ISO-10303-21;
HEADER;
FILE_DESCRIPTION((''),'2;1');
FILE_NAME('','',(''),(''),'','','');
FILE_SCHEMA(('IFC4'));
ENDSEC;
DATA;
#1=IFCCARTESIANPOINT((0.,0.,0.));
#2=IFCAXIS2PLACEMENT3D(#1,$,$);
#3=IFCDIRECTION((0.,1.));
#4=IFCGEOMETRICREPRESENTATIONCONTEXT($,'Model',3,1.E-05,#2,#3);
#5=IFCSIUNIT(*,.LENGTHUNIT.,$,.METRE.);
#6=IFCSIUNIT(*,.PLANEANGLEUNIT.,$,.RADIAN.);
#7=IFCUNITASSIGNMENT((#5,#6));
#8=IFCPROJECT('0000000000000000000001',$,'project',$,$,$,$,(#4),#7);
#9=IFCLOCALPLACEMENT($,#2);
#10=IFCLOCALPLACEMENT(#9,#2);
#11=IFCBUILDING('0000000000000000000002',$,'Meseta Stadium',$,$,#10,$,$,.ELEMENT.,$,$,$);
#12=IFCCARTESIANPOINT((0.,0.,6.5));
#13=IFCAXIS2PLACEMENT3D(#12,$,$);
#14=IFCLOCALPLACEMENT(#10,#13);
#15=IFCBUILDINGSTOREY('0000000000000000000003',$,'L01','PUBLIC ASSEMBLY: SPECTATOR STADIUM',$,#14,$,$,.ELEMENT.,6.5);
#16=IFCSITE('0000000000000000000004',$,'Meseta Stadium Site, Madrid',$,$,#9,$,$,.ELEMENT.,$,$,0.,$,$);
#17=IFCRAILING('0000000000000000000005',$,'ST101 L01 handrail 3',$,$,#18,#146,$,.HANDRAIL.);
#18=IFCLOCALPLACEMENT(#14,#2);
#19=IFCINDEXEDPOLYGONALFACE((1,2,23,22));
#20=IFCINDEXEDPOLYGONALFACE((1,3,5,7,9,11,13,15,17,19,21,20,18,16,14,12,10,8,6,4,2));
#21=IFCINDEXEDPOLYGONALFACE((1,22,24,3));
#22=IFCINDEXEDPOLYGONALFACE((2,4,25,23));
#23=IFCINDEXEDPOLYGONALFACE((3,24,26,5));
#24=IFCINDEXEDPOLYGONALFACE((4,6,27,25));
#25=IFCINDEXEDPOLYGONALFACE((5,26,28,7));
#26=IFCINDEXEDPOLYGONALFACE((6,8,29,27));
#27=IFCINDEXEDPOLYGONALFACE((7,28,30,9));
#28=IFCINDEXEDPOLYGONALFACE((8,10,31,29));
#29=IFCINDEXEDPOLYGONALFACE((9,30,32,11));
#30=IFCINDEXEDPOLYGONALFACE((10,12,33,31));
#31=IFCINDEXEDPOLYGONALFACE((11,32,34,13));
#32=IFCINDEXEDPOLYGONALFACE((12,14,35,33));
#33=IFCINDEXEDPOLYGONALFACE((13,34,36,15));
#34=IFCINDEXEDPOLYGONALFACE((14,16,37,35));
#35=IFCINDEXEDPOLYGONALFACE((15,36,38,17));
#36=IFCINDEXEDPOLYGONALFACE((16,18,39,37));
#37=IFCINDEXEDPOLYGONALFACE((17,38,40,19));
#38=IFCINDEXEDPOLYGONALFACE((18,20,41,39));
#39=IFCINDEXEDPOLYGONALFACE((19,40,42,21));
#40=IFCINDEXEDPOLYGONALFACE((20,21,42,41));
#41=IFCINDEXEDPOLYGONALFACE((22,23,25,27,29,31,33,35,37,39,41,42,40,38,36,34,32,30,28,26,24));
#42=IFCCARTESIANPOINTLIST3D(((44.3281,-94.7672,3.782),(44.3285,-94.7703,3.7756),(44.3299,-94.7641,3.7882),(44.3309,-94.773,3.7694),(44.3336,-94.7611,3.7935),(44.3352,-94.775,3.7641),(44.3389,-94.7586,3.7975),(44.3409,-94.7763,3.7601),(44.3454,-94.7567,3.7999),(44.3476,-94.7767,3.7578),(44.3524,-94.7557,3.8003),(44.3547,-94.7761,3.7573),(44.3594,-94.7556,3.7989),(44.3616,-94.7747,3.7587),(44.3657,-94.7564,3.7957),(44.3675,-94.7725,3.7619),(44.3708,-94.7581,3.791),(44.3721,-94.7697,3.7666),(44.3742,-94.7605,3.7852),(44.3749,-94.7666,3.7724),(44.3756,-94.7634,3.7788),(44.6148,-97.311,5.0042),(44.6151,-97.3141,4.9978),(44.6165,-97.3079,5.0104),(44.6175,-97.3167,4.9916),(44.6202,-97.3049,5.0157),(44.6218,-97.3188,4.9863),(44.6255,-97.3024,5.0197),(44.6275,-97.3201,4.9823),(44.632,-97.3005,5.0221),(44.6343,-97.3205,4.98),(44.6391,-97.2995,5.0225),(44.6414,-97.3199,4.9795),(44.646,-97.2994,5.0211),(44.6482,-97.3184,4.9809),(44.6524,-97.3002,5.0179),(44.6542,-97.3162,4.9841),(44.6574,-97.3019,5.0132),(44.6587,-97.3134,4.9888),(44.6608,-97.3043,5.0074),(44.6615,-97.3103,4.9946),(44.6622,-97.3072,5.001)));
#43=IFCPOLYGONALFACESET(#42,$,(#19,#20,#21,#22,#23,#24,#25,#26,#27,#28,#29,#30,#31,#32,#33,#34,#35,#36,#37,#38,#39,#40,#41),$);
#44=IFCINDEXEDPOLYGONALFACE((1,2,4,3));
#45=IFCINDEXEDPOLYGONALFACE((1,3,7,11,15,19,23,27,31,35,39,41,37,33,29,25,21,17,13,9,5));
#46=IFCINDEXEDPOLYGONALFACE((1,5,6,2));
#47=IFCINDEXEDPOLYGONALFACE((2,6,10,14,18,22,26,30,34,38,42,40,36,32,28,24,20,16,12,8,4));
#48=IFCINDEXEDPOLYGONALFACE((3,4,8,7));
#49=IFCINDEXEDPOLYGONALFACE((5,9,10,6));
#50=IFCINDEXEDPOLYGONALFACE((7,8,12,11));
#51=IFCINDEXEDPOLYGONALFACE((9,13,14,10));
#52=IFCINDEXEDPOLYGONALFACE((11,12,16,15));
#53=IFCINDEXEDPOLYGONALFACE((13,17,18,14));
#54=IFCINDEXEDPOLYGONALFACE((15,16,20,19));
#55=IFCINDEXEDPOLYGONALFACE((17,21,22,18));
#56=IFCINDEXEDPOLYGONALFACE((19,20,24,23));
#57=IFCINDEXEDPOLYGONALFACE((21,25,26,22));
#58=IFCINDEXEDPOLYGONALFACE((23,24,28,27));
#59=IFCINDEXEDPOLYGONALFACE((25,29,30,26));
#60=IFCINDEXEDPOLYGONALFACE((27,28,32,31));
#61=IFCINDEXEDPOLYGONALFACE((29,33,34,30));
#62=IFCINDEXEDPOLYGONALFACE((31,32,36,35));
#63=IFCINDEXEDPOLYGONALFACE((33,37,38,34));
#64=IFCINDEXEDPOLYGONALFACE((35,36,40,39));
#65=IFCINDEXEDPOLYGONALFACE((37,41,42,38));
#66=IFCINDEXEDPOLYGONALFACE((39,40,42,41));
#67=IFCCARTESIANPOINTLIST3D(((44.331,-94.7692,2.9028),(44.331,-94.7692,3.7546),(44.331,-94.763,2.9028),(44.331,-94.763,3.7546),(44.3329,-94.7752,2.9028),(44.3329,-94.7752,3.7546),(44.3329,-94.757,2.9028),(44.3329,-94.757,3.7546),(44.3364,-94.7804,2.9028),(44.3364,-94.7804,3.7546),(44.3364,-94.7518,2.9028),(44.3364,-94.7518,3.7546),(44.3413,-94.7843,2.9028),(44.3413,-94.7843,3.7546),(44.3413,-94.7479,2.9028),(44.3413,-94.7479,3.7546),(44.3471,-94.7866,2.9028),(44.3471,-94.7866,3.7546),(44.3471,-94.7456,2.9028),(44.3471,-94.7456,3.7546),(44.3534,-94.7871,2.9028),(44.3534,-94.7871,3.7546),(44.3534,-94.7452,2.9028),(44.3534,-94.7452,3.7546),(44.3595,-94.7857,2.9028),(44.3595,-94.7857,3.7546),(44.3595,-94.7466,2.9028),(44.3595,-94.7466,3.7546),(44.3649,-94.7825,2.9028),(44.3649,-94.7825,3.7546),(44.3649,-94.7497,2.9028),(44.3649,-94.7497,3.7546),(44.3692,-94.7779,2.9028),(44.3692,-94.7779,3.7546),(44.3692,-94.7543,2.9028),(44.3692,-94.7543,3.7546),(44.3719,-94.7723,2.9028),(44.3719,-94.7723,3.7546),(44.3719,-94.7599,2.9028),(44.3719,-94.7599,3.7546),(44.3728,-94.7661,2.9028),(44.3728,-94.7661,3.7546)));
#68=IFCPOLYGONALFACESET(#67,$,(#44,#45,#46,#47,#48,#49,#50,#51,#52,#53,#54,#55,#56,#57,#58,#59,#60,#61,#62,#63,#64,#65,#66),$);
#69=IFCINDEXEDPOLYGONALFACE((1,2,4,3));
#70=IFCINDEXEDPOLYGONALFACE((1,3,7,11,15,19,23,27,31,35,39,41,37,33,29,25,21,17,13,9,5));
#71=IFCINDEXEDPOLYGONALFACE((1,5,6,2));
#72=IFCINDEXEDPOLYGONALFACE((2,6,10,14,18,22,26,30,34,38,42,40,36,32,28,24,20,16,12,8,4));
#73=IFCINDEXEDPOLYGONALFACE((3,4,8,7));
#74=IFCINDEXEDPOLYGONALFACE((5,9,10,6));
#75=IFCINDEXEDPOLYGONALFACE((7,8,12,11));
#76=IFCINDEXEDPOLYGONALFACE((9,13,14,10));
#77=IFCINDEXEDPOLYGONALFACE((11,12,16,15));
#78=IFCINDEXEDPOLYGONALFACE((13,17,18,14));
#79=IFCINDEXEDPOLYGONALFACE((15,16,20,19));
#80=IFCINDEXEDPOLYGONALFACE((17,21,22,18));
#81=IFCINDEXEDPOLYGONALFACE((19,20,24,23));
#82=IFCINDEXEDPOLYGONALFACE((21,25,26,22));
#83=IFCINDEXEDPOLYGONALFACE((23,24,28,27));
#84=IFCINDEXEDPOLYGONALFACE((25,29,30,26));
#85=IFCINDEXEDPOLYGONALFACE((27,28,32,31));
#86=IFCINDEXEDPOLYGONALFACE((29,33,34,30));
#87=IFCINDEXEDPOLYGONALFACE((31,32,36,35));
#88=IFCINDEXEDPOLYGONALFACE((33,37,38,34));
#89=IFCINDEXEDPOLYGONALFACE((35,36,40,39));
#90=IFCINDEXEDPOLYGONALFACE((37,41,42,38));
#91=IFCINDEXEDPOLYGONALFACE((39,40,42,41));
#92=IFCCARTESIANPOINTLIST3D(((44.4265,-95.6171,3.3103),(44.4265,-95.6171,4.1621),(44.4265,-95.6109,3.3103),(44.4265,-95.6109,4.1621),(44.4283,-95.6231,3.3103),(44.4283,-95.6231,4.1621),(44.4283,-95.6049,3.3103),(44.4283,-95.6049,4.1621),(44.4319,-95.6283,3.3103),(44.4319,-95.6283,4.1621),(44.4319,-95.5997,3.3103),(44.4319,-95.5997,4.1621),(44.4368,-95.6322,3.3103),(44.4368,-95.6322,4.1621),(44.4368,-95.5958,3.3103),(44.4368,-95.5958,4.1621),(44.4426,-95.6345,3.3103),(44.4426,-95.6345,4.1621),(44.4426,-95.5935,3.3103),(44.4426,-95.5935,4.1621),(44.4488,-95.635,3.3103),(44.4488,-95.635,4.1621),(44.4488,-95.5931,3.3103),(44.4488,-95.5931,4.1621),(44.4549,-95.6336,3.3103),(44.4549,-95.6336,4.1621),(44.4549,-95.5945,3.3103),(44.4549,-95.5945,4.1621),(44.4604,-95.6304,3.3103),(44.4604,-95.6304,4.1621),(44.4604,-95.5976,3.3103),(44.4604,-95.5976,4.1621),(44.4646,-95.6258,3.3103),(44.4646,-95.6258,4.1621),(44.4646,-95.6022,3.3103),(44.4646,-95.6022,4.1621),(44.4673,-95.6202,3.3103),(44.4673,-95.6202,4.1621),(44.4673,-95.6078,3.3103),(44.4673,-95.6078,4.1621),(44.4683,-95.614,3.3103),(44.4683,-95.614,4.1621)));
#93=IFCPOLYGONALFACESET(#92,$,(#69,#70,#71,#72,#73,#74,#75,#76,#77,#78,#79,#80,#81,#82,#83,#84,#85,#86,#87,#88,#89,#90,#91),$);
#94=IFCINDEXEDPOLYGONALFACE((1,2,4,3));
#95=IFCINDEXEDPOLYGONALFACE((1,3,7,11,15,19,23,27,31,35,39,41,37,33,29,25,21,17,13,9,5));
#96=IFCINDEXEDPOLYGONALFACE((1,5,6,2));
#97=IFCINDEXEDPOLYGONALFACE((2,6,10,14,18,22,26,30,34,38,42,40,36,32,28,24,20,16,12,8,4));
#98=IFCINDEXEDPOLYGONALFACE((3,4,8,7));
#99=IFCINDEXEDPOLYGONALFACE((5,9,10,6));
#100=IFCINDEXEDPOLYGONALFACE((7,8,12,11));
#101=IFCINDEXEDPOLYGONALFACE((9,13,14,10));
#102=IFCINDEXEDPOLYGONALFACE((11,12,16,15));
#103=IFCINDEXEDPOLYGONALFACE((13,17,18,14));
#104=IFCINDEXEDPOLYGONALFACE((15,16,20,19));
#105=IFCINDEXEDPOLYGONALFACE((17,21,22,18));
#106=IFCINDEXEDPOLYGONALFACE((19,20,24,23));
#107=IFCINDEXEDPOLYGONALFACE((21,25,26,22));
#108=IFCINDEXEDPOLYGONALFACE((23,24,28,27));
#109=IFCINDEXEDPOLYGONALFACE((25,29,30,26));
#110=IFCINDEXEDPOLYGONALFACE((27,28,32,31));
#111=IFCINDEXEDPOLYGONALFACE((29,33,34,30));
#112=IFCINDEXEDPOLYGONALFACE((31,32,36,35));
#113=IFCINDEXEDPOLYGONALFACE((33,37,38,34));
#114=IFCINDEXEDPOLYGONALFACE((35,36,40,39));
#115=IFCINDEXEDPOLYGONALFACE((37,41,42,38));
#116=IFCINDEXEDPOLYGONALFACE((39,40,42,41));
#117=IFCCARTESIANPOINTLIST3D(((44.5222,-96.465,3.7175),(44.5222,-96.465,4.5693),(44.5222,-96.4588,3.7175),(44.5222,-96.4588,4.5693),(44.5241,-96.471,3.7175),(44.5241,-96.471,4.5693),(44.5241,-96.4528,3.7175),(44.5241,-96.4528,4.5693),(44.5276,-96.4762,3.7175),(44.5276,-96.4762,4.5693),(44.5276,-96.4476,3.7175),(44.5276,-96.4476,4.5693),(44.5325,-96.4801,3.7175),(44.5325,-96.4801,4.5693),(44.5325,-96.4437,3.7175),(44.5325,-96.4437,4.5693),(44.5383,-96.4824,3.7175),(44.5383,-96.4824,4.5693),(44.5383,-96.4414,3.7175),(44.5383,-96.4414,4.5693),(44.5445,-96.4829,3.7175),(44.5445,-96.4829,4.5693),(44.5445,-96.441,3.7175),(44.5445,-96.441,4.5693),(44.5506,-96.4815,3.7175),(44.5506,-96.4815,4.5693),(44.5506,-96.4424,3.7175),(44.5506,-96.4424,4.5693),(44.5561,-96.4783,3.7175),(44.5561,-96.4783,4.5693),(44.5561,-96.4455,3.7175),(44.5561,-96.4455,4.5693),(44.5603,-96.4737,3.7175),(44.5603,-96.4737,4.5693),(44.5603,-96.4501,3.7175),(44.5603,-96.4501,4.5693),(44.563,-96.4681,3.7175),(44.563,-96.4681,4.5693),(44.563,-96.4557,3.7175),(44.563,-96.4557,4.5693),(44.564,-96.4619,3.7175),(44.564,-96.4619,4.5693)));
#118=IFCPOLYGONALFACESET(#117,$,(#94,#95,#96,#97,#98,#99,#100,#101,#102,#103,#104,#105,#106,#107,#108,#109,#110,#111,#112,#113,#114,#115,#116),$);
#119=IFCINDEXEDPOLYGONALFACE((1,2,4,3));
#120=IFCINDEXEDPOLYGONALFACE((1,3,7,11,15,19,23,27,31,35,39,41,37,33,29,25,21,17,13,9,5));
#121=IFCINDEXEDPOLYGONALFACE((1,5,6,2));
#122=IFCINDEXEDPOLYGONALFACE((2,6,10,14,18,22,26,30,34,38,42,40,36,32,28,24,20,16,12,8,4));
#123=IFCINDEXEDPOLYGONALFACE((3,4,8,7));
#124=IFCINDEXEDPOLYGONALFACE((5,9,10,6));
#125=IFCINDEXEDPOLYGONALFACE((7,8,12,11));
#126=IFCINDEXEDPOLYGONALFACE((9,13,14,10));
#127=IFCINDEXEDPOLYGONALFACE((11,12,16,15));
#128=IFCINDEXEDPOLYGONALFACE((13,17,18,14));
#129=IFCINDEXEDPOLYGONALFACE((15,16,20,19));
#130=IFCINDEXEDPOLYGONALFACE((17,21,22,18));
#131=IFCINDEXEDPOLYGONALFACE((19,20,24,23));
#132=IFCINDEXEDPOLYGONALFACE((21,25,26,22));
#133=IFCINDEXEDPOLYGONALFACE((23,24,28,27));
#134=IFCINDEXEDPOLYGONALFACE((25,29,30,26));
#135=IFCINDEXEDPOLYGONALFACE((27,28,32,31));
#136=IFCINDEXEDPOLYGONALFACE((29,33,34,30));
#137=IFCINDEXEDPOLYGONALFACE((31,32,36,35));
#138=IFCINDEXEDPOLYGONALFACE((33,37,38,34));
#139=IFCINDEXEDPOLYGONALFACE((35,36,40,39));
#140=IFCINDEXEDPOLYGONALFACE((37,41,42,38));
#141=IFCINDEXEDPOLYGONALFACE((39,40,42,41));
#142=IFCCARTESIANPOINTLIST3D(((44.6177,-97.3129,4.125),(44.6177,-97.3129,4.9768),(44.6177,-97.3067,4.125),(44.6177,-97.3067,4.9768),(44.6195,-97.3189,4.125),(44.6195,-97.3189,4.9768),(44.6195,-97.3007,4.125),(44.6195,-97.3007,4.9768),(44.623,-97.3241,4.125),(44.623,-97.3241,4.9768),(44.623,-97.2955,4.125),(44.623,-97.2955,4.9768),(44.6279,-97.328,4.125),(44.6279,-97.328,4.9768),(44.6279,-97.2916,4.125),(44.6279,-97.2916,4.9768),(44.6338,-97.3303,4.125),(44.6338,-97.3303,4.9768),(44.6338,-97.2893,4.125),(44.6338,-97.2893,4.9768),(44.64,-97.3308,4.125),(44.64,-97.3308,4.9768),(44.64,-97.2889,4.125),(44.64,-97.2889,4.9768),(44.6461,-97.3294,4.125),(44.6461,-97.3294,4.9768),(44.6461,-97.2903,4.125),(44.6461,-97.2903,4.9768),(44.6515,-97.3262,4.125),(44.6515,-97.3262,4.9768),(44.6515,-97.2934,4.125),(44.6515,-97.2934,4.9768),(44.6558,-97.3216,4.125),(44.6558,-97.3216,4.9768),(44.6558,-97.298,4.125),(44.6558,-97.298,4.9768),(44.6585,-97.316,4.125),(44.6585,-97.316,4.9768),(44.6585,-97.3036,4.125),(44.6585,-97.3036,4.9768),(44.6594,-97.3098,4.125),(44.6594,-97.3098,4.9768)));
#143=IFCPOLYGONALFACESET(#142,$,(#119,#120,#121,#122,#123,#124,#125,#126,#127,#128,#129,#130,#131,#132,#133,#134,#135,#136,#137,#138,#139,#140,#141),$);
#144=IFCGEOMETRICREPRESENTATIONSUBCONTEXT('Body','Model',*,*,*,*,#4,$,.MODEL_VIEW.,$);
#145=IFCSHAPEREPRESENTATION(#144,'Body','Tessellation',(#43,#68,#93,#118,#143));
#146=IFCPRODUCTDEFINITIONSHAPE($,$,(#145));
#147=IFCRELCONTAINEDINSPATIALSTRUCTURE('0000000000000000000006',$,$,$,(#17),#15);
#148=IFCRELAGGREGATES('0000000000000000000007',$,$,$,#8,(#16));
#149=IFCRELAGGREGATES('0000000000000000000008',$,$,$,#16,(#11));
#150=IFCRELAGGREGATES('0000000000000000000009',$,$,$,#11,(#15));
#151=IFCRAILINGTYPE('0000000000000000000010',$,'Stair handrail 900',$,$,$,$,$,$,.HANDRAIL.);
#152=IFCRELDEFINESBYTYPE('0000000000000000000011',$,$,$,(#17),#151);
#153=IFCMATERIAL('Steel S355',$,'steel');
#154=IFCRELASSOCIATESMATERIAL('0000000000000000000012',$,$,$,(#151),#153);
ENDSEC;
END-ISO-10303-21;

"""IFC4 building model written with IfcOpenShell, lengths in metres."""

from ifc_helpers import new_model, si_unit, direction, frame, origin, origin_2d, place, context, subcontext, project, spatial, circle, extrude, material, type_object, element, save


model = new_model("IFC4")

# Units and contexts
model_context = context("Model", 3, precision=1e-05, world=origin(), true_north=direction((0.0, 1.0)))
body_context = subcontext(model_context, "Body", "Model", "MODEL_VIEW")
ifc_project = project(units=[si_unit("LENGTHUNIT", "METRE"), si_unit("PLANEANGLEUNIT", "RADIAN")], contexts=[model_context])

# Site, building, storey
site_placement = place(None, origin())
site = spatial("IfcSite", under=ifc_project, at=site_placement, Name="Meseta Stadium Site, Madrid", CompositionType="ELEMENT", RefElevation=0.0)
building_placement = place(site_placement, origin())
building = spatial("IfcBuilding", under=site, at=building_placement, Name="Meseta Stadium", CompositionType="ELEMENT")
storey_placement = place(building_placement, frame((0.0, 0.0, 6.5)))
storey = spatial("IfcBuildingStorey", under=building, at=storey_placement, Name="L01", Description="PUBLIC ASSEMBLY: SPECTATOR STADIUM", CompositionType="ELEMENT", Elevation=6.5)

# Railing
ifc_material_1 = material(Name="Steel S355", Category="steel")
railing_type_1 = type_object("IfcRailingType", Name="Stair handrail 900", PredefinedType="HANDRAIL", material=ifc_material_1)
railing_1_placement = place(storey_placement, frame((44.3518, -94.7661, 2.9028)))
element("IfcRailing", 1, at=railing_1_placement, inside=storey, type_object=railing_type_1, Name="ST101 L01 handrail 3", PredefinedType="HANDRAIL", context=body_context, shape_type="SweptSolid", body=[
    extrude(circle(Radius=0.0239, at=origin_2d()), frame((0.0, 0.0, 0.876), z_axis=(0.101044, -0.896745, 0.430858), x_axis=(0.993712, 0.11197, 0.0)), (0.0, 0.0, 1.0), 2.8367),
    extrude(circle(Radius=0.021, at=origin_2d()), origin(), (0.0, 0.0, 1.0), 0.8518),
    extrude(circle(Radius=0.021, at=origin_2d()), frame((0.0955, -0.8479, 0.4075)), (0.0, 0.0, 1.0), 0.8518),
    extrude(circle(Radius=0.021, at=origin_2d()), frame((0.1912, -1.6958, 0.8147)), (0.0, 0.0, 1.0), 0.8518),
    extrude(circle(Radius=0.021, at=origin_2d()), frame((0.2866, -2.5437, 1.2222)), (0.0, 0.0, 1.0), 0.8518),
])

save(model, "model.ifc")
